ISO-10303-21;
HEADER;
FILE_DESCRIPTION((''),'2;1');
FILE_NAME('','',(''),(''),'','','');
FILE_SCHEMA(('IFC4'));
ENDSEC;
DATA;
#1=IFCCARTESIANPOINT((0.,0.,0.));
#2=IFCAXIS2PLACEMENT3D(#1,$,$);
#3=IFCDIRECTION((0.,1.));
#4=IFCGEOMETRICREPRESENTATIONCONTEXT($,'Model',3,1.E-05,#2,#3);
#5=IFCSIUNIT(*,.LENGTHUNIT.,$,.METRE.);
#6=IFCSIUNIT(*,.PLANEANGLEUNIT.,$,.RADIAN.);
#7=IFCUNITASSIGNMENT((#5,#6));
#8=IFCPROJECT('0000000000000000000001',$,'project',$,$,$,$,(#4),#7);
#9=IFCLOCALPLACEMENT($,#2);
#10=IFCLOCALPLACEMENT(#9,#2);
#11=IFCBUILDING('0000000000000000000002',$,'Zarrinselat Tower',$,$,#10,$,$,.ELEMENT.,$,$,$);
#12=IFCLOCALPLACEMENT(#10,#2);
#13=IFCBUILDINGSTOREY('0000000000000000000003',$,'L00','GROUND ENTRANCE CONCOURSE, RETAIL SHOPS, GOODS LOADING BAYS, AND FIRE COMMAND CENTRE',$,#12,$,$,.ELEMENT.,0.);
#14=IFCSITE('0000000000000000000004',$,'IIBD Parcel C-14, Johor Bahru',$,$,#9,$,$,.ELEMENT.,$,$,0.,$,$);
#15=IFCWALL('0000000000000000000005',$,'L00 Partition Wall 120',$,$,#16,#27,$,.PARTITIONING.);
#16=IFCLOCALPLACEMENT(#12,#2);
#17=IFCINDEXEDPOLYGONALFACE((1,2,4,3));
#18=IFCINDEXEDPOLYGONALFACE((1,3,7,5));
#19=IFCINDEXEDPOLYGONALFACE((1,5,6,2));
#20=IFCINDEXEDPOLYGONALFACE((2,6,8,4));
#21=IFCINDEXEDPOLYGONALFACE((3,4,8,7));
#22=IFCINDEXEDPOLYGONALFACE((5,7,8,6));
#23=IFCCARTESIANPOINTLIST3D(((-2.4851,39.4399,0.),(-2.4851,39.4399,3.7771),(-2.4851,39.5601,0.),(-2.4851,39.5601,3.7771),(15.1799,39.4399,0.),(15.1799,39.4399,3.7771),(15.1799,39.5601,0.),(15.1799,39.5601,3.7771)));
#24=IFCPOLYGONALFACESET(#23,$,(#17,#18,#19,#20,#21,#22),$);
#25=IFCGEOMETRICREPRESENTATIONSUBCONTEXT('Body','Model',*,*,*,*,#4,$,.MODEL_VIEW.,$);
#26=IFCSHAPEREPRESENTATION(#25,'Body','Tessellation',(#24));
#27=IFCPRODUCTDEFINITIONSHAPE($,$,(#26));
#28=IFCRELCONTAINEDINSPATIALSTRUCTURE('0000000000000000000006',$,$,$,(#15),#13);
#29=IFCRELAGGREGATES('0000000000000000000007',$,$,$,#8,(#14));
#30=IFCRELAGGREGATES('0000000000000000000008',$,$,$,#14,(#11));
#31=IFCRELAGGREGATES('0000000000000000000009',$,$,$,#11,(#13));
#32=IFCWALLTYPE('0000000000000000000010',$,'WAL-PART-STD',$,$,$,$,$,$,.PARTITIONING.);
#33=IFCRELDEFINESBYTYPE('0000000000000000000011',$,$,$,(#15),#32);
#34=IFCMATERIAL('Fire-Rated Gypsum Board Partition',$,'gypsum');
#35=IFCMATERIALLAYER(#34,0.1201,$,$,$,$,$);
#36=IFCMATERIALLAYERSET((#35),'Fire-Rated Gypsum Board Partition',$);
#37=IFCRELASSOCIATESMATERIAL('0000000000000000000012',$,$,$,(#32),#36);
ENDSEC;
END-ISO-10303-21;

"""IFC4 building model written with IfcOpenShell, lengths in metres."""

from ifc_helpers import new_model, si_unit, direction, frame, frame_2d, origin, place, context, subcontext, project, spatial, rectangle, extrude, material, layer, layer_set, type_object, element, save


model = new_model("IFC4")

# Units and contexts
model_context = context("Model", 3, precision=1e-05, world=origin(), true_north=direction((0.0, 1.0)))
body_context = subcontext(model_context, "Body", "Model", "MODEL_VIEW")
ifc_project = project(units=[si_unit("LENGTHUNIT", "METRE"), si_unit("PLANEANGLEUNIT", "RADIAN")], contexts=[model_context])

# Site, building, storey
site_placement = place(None, origin())
site = spatial("IfcSite", under=ifc_project, at=site_placement, Name="IIBD Parcel C-14, Johor Bahru", CompositionType="ELEMENT", RefElevation=0.0)
building_placement = place(site_placement, origin())
building = spatial("IfcBuilding", under=site, at=building_placement, Name="Zarrinselat Tower", CompositionType="ELEMENT")
storey_placement = place(building_placement, origin())
storey = spatial("IfcBuildingStorey", under=building, at=storey_placement, Name="L00", Description="GROUND ENTRANCE CONCOURSE, RETAIL SHOPS, GOODS LOADING BAYS, AND FIRE COMMAND CENTRE", CompositionType="ELEMENT", Elevation=0.0)

# Wall
ifc_material_1 = material(Name="Fire-Rated Gypsum Board Partition", Category="gypsum")
ifc_layer_1 = layer(ifc_material_1, 0.1201)
ifc_layer_set_1 = layer_set([ifc_layer_1], Name="Fire-Rated Gypsum Board Partition")
wall_type_1 = type_object("IfcWallType", Name="WAL-PART-STD", PredefinedType="PARTITIONING", material=ifc_layer_set_1)
wall_1_placement = place(storey_placement, frame((-2.4851, 39.5, 0.0), z_axis=(0.0, 0.0, 1.0), x_axis=(1.0, 0.0, 0.0)))
element("IfcWall", 1, at=wall_1_placement, inside=storey, type_object=wall_type_1, Name="L00 Partition Wall 120", PredefinedType="PARTITIONING", context=body_context, shape_type="SweptSolid", body=[
    extrude(rectangle(XDim=17.665, YDim=0.1201, at=frame_2d((8.8325, 0.0))), origin(), (0.0, 0.0, 1.0), 3.7771),
])

save(model, "model.ifc")
